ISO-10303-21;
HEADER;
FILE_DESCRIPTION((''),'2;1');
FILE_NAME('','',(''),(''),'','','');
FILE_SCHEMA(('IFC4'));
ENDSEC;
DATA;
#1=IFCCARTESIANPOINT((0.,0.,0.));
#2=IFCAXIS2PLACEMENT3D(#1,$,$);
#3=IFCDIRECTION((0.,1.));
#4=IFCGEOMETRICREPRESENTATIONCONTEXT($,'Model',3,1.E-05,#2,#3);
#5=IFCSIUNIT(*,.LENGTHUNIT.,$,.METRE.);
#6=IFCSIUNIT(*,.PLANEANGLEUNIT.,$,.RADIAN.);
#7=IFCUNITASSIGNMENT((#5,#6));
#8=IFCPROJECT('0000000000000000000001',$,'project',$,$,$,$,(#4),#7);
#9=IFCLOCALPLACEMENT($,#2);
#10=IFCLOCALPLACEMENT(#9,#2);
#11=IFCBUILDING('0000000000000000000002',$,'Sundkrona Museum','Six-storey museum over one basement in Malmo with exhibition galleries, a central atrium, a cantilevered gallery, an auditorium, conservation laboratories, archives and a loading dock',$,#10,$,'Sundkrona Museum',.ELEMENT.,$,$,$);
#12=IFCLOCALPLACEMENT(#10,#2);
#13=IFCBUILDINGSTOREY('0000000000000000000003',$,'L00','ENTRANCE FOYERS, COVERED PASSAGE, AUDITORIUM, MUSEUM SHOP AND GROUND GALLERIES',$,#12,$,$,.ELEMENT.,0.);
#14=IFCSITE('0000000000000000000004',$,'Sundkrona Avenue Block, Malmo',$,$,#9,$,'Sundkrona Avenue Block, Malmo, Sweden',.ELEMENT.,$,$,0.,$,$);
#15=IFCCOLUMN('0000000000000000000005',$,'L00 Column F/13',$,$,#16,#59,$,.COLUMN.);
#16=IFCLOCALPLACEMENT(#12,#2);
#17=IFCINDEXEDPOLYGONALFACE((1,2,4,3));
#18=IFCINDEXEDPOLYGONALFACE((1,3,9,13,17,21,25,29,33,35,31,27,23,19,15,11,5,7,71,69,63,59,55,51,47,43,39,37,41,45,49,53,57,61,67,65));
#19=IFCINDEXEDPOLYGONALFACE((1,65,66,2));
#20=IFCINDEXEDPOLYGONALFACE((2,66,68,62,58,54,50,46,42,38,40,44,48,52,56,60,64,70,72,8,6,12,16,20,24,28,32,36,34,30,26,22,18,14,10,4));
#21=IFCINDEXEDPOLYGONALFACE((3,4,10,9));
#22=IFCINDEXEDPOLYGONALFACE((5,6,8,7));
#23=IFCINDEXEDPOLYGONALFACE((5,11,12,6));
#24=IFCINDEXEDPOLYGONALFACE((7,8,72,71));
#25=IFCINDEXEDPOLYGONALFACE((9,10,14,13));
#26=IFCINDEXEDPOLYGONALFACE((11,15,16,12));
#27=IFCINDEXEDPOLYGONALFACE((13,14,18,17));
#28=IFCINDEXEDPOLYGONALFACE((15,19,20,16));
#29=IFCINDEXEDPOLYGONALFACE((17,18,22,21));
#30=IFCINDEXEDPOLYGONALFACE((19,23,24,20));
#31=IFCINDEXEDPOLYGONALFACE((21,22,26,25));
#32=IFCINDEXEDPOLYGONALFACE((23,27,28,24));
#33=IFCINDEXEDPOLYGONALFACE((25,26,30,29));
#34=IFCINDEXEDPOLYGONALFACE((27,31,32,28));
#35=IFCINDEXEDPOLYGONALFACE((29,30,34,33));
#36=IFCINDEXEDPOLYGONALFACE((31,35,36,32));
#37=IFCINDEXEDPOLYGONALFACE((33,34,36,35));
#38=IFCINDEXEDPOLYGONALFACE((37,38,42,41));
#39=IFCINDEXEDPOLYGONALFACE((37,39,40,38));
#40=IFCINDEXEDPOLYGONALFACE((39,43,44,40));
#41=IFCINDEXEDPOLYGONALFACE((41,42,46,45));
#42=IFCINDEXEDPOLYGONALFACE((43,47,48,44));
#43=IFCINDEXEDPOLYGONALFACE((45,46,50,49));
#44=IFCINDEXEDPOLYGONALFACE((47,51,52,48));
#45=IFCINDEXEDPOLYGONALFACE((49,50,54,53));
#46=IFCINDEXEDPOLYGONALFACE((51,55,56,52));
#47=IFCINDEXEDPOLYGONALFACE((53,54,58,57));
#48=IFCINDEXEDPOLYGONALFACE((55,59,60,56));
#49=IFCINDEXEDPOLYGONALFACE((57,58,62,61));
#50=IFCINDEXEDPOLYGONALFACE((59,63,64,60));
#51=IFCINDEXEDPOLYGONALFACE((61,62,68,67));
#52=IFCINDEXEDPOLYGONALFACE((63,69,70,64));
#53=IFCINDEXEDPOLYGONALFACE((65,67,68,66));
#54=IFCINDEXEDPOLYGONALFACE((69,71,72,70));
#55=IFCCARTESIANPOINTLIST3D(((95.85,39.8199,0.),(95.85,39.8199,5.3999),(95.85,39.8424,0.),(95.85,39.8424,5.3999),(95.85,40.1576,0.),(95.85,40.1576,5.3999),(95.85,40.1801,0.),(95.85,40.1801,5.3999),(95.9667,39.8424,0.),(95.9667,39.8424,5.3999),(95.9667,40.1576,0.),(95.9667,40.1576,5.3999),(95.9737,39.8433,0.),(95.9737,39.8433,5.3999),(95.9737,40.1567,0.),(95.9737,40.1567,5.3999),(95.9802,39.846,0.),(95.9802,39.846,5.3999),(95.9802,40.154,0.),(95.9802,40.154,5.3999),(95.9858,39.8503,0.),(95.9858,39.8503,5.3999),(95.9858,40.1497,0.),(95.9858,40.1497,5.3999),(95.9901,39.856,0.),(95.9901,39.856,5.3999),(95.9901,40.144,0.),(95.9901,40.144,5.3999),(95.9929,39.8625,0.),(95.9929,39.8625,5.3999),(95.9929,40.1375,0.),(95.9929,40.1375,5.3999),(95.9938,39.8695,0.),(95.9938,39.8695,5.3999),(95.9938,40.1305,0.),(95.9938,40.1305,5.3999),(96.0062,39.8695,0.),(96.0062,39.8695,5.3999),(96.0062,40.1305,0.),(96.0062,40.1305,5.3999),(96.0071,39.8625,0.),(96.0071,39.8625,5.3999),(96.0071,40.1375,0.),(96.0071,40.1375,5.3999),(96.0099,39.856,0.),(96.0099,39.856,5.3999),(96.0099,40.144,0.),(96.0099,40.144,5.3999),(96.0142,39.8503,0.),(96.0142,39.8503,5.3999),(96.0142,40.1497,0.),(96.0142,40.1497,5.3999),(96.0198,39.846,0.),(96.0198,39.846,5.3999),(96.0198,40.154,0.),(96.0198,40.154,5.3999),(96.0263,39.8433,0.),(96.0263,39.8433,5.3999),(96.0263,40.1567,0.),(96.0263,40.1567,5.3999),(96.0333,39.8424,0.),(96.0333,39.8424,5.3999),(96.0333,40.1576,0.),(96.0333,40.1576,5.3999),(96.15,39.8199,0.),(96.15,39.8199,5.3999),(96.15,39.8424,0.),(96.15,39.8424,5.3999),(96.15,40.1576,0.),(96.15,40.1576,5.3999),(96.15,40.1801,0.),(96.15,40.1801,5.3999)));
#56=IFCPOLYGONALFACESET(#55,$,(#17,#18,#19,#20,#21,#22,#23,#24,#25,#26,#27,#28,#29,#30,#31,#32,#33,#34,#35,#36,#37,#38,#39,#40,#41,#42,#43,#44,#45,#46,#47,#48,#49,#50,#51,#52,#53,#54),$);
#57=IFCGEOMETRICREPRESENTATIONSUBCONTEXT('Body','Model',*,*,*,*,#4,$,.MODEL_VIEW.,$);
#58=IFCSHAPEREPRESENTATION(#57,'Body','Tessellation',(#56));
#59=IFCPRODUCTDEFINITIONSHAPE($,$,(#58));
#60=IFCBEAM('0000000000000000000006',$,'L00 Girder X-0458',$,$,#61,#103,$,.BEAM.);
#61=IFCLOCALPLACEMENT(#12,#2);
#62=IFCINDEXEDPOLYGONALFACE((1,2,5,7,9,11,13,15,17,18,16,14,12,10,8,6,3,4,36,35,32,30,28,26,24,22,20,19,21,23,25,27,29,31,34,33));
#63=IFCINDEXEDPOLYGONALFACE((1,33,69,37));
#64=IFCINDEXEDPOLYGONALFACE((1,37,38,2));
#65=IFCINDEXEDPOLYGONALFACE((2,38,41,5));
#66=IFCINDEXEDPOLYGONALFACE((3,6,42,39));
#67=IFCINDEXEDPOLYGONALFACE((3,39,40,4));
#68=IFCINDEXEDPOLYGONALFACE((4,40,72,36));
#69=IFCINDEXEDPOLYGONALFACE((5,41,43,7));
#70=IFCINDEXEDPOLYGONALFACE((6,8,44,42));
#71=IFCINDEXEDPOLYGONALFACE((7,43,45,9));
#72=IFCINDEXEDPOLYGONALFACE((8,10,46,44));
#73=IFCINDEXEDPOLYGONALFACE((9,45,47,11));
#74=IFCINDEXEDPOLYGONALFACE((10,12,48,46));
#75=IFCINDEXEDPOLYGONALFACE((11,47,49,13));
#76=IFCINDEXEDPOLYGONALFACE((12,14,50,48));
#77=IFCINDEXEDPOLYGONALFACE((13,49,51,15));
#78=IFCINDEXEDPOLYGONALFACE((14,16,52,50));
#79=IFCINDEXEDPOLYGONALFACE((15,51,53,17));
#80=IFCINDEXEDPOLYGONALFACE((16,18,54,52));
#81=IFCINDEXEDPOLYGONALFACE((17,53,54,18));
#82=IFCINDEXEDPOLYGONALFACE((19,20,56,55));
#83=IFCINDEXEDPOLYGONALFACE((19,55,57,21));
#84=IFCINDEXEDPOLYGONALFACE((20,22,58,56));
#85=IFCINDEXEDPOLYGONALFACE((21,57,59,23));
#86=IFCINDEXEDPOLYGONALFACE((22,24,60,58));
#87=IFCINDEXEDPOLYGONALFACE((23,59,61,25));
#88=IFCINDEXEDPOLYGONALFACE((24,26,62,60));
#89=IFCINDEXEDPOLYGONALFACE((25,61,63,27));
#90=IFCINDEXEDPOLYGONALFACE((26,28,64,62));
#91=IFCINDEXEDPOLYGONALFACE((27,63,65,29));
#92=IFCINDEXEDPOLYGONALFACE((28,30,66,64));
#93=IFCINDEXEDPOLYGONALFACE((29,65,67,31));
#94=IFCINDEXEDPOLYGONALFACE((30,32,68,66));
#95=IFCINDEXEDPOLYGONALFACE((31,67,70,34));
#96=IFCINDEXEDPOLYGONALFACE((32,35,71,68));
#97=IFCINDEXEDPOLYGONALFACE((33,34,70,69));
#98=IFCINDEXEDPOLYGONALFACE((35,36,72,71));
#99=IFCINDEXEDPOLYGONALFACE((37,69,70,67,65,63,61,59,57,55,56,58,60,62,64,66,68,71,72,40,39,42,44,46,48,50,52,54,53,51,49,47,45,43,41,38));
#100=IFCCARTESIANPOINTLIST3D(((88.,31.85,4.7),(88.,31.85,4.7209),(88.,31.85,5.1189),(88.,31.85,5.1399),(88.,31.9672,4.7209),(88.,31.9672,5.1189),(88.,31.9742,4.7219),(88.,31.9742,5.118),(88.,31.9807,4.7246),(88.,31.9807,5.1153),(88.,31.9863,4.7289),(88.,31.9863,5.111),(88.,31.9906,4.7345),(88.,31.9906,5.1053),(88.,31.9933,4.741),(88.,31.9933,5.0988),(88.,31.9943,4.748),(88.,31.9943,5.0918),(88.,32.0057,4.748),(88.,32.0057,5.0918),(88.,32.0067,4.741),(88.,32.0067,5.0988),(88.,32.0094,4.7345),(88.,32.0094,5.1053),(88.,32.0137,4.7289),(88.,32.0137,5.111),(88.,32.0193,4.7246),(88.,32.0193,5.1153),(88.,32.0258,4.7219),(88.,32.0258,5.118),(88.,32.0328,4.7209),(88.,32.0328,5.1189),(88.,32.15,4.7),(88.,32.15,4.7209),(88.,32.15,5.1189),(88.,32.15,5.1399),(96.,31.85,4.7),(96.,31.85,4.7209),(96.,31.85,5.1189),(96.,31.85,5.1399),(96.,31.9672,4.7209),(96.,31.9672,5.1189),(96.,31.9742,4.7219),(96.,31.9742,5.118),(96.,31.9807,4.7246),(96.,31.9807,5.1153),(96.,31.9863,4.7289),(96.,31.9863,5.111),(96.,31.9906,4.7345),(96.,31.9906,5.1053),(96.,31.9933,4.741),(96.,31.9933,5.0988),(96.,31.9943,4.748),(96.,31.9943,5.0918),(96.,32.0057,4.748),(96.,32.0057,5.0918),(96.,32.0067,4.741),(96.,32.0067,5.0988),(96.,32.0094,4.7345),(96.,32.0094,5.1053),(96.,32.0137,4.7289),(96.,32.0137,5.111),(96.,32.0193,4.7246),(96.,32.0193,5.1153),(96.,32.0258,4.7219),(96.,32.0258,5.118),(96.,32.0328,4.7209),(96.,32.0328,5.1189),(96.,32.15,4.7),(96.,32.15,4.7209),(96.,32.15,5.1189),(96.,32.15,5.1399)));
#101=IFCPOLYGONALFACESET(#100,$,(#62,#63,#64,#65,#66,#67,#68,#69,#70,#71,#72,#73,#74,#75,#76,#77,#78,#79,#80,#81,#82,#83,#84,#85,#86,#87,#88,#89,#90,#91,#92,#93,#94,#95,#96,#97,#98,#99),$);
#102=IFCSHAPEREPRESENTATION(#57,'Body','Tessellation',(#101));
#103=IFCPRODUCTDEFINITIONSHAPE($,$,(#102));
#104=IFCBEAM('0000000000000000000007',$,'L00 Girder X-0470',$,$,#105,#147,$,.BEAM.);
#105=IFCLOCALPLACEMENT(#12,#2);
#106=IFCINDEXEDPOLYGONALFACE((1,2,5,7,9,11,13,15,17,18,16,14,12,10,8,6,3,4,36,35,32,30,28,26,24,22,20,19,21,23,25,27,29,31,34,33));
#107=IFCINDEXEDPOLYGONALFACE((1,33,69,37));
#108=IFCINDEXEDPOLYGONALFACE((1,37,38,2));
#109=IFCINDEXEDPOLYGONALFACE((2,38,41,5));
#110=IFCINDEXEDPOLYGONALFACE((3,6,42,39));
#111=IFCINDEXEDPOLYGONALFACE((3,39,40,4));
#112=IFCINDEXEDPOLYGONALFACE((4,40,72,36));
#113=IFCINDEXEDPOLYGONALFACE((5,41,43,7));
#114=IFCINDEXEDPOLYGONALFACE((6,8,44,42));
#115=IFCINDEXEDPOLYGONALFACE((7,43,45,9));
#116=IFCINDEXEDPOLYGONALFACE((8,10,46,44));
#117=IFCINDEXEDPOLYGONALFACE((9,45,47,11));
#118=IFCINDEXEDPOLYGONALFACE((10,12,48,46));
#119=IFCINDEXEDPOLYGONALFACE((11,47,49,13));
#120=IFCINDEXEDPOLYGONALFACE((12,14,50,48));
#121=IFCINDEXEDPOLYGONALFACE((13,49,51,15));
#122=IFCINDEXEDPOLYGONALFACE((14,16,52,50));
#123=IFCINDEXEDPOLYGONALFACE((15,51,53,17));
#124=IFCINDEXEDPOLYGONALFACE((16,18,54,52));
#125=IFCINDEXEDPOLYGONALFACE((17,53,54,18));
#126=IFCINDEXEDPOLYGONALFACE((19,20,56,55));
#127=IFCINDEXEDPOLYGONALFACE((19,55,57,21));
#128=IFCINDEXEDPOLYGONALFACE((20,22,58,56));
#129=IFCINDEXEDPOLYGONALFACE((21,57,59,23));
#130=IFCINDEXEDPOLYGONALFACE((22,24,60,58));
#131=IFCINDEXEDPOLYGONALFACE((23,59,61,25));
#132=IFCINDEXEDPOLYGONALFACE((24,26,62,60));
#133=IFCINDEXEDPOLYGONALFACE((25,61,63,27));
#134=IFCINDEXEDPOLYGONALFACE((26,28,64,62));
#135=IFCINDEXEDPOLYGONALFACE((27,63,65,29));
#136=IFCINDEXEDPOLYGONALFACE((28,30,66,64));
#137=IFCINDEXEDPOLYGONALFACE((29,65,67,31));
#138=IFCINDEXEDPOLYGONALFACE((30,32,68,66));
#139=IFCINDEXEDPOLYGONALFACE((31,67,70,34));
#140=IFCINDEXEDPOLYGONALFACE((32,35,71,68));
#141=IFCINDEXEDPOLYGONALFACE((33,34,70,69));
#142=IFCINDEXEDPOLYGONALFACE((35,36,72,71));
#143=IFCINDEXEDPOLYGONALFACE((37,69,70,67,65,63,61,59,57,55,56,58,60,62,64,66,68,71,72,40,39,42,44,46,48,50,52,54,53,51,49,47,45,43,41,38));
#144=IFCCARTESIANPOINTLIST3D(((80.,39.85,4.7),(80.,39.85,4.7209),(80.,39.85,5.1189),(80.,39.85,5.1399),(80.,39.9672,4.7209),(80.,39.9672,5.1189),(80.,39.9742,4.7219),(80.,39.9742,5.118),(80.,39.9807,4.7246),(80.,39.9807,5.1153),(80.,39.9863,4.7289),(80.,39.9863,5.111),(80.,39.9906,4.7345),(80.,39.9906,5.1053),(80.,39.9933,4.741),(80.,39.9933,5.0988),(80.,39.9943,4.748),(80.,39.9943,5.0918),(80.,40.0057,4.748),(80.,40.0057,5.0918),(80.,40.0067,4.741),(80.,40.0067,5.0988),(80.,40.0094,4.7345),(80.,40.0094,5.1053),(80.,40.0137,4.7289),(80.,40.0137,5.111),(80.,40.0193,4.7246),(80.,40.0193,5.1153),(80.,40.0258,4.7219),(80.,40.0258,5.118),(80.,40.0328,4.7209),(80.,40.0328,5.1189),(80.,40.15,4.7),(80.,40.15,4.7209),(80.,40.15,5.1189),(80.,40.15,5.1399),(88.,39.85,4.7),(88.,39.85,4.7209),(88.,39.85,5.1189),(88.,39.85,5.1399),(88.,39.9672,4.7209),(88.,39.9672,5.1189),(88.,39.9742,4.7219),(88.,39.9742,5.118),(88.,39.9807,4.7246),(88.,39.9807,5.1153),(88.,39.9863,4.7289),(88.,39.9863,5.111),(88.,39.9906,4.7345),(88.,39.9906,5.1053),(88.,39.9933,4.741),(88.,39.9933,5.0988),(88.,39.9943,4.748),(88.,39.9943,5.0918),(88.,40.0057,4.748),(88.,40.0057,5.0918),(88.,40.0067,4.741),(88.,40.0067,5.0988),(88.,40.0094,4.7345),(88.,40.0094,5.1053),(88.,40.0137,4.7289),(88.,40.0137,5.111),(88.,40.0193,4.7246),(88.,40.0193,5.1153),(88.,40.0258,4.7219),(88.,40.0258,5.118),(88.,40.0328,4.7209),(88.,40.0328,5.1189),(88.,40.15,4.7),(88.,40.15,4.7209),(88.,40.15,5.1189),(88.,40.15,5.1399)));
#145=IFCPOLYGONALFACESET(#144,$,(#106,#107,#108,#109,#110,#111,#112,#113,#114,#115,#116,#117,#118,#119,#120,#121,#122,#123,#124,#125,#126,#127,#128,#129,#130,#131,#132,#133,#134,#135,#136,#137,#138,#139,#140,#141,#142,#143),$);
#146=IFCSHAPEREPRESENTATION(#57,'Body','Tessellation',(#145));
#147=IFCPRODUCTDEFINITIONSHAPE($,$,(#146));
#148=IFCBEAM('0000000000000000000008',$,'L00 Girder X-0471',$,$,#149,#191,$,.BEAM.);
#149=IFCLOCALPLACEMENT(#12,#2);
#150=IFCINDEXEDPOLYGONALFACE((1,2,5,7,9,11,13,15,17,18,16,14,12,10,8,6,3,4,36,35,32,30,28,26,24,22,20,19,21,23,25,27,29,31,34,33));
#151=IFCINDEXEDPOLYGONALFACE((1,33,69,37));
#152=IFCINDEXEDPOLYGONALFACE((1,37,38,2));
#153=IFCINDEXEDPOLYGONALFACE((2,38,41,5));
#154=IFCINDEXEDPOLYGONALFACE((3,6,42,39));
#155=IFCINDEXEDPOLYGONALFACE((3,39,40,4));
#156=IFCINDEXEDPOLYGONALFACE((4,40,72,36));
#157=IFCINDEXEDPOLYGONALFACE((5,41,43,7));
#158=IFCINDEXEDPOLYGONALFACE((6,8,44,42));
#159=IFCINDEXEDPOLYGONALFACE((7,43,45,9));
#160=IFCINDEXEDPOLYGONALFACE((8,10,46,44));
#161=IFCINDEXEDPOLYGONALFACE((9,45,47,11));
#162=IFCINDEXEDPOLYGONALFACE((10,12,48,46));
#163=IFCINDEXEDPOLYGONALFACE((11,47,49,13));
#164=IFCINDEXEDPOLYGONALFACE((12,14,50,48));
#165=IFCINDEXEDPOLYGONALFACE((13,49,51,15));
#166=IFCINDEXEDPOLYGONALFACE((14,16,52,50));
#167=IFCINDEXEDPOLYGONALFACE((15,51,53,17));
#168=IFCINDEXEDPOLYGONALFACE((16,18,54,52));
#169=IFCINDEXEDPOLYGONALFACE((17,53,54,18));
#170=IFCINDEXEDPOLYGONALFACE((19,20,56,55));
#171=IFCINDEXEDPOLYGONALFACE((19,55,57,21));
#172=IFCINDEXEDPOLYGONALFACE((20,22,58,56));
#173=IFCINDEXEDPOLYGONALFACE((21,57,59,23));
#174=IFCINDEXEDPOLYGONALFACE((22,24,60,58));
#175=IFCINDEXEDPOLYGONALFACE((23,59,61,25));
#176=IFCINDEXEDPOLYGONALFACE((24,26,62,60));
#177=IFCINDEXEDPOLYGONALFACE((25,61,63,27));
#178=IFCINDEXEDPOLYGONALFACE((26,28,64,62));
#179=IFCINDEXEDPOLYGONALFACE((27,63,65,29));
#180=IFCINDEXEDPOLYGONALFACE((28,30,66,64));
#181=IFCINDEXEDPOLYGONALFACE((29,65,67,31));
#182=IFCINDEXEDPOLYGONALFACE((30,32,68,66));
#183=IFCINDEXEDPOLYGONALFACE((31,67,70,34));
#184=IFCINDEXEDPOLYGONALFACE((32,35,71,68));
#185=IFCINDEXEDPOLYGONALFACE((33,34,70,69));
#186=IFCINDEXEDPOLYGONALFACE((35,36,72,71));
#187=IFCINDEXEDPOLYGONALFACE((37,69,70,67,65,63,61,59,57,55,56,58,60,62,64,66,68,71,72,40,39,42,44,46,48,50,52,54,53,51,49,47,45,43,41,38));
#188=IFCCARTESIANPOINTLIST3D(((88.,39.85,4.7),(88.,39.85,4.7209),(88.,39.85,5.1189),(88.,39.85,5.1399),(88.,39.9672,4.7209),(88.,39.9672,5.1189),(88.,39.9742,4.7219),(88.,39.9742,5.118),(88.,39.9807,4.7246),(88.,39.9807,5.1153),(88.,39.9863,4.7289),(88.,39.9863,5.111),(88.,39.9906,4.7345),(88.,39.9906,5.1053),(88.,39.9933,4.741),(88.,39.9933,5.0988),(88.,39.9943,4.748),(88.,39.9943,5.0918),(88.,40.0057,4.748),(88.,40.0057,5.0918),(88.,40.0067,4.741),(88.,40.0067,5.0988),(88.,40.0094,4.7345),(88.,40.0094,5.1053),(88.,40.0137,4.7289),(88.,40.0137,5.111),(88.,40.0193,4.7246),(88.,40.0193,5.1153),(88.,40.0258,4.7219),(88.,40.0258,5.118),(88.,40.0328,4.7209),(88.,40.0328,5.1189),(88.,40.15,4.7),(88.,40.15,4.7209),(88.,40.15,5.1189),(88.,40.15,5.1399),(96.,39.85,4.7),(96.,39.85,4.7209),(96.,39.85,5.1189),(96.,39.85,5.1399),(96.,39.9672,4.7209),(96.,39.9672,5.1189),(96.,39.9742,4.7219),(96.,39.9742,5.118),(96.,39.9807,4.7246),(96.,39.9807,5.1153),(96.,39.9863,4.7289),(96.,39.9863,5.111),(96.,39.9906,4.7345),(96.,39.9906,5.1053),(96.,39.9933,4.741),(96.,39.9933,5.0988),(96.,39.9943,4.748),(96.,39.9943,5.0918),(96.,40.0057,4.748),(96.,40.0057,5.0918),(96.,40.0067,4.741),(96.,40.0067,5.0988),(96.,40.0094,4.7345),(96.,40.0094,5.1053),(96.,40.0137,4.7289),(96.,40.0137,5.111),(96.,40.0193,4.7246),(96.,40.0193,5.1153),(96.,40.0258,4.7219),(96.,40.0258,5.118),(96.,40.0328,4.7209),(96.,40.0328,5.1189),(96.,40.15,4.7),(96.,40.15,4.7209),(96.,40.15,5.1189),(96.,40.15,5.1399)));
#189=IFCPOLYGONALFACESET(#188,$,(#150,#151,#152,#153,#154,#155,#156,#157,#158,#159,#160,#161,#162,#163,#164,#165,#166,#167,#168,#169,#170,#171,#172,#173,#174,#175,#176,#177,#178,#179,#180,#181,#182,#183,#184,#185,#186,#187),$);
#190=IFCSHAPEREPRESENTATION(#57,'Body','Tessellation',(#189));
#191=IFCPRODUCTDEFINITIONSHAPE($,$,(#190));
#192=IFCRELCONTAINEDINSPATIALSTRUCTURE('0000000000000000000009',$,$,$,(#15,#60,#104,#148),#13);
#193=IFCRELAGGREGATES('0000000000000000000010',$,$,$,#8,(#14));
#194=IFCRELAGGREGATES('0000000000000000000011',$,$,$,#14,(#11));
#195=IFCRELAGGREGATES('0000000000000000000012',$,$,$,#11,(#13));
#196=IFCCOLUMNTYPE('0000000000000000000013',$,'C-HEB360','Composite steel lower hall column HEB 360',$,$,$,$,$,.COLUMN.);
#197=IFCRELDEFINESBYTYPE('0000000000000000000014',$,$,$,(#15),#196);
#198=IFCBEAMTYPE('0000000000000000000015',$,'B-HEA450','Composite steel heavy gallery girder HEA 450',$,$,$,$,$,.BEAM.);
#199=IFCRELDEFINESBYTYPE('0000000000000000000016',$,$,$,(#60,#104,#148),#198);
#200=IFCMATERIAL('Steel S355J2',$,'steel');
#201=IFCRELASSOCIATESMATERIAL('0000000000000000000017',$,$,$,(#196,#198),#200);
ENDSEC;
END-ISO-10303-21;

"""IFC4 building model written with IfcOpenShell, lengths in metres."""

from ifc_helpers import new_model, si_unit, direction, frame, origin, origin_2d, place, context, subcontext, project, spatial, i_section, extrude, material, material_profile, profile_set, type_object, element, save


model = new_model("IFC4")

# Units and contexts
model_context = context("Model", 3, precision=1e-05, world=origin(), true_north=direction((0.0, 1.0)))
body_context = subcontext(model_context, "Body", "Model", "MODEL_VIEW")
ifc_project = project(units=[si_unit("LENGTHUNIT", "METRE"), si_unit("PLANEANGLEUNIT", "RADIAN")], contexts=[model_context])

# Site, building, storey
site_placement = place(None, origin())
site = spatial("IfcSite", under=ifc_project, at=site_placement, Name="Sundkrona Avenue Block, Malmo", LongName="Sundkrona Avenue Block, Malmo, Sweden", CompositionType="ELEMENT", RefElevation=0.0)
building_placement = place(site_placement, origin())
building = spatial("IfcBuilding", under=site, at=building_placement, Name="Sundkrona Museum", Description="Six-storey museum over one basement in Malmo with exhibition galleries, a central atrium, a cantilevered gallery, an auditorium, conservation laboratories, archives and a loading dock", LongName="Sundkrona Museum", CompositionType="ELEMENT")
storey_placement = place(building_placement, origin())
storey = spatial("IfcBuildingStorey", under=building, at=storey_placement, Name="L00", Description="ENTRANCE FOYERS, COVERED PASSAGE, AUDITORIUM, MUSEUM SHOP AND GROUND GALLERIES", CompositionType="ELEMENT", Elevation=0.0)

# Column
ifc_material_1 = material(Name="Steel S355J2", Category="steel")
ifc_material_profile_1 = material_profile(ifc_material_1, i_section(OverallWidth=0.3, OverallDepth=0.3601, WebThickness=0.0125, FlangeThickness=0.0225, FilletRadius=0.0271, at=origin_2d()), Name="HEB 360")
ifc_profile_set_1 = profile_set([ifc_material_profile_1], Name="Steel S355J2")
column_type_1 = type_object("IfcColumnType", Name="C-HEB360", Description="Composite steel lower hall column HEB 360", PredefinedType="COLUMN", material=ifc_profile_set_1)
for number, where, z_axis, x_axis, name in (
    (1, (96.0, 40.0, 0.0), (0.0, 0.0, 1.0), (1.0, 0.0, 0.0), "L00 Column F/13"),
):
    element("IfcColumn", number, at=place(storey_placement, frame(where, z_axis=z_axis, x_axis=x_axis)), inside=storey, type_object=column_type_1, Name=name, PredefinedType="COLUMN", context=body_context, shape_type="SweptSolid", body=[
        extrude(i_section(OverallWidth=0.3, OverallDepth=0.3601, WebThickness=0.0125, FlangeThickness=0.0225, FilletRadius=0.0271, at=origin_2d()), origin(), (0.0, 0.0, 1.0), 5.3999),
    ])

# Beams
ifc_material_profile_2 = material_profile(ifc_material_1, i_section(OverallWidth=0.3, OverallDepth=0.4399, WebThickness=0.0115, FlangeThickness=0.021, FilletRadius=0.0271, at=origin_2d()), Name="HEA 450")
ifc_profile_set_2 = profile_set([ifc_material_profile_2], Name="Steel S355J2")
beam_type_1 = type_object("IfcBeamType", Name="B-HEA450", Description="Composite steel heavy gallery girder HEA 450", PredefinedType="BEAM", material=ifc_profile_set_2)
for number, where, z_axis, x_axis, name in (
    (2, (88.0, 32.0, 4.9199), (1.0, 0.0, 0.0), (0.0, 1.0, 0.0), "L00 Girder X-0458"),
    (3, (80.0, 40.0, 4.9199), (1.0, 0.0, 0.0), (0.0, 1.0, 0.0), "L00 Girder X-0470"),
    (4, (88.0, 40.0, 4.9199), (1.0, 0.0, 0.0), (0.0, 1.0, 0.0), "L00 Girder X-0471"),
):
    element("IfcBeam", number, at=place(storey_placement, frame(where, z_axis=z_axis, x_axis=x_axis)), inside=storey, type_object=beam_type_1, Name=name, PredefinedType="BEAM", context=body_context, shape_type="SweptSolid", body=[
        extrude(i_section(OverallWidth=0.3, OverallDepth=0.4399, WebThickness=0.0115, FlangeThickness=0.021, FilletRadius=0.0271, at=origin_2d()), origin(), (0.0, 0.0, 1.0), 8.0),
    ])

save(model, "model.ifc")
